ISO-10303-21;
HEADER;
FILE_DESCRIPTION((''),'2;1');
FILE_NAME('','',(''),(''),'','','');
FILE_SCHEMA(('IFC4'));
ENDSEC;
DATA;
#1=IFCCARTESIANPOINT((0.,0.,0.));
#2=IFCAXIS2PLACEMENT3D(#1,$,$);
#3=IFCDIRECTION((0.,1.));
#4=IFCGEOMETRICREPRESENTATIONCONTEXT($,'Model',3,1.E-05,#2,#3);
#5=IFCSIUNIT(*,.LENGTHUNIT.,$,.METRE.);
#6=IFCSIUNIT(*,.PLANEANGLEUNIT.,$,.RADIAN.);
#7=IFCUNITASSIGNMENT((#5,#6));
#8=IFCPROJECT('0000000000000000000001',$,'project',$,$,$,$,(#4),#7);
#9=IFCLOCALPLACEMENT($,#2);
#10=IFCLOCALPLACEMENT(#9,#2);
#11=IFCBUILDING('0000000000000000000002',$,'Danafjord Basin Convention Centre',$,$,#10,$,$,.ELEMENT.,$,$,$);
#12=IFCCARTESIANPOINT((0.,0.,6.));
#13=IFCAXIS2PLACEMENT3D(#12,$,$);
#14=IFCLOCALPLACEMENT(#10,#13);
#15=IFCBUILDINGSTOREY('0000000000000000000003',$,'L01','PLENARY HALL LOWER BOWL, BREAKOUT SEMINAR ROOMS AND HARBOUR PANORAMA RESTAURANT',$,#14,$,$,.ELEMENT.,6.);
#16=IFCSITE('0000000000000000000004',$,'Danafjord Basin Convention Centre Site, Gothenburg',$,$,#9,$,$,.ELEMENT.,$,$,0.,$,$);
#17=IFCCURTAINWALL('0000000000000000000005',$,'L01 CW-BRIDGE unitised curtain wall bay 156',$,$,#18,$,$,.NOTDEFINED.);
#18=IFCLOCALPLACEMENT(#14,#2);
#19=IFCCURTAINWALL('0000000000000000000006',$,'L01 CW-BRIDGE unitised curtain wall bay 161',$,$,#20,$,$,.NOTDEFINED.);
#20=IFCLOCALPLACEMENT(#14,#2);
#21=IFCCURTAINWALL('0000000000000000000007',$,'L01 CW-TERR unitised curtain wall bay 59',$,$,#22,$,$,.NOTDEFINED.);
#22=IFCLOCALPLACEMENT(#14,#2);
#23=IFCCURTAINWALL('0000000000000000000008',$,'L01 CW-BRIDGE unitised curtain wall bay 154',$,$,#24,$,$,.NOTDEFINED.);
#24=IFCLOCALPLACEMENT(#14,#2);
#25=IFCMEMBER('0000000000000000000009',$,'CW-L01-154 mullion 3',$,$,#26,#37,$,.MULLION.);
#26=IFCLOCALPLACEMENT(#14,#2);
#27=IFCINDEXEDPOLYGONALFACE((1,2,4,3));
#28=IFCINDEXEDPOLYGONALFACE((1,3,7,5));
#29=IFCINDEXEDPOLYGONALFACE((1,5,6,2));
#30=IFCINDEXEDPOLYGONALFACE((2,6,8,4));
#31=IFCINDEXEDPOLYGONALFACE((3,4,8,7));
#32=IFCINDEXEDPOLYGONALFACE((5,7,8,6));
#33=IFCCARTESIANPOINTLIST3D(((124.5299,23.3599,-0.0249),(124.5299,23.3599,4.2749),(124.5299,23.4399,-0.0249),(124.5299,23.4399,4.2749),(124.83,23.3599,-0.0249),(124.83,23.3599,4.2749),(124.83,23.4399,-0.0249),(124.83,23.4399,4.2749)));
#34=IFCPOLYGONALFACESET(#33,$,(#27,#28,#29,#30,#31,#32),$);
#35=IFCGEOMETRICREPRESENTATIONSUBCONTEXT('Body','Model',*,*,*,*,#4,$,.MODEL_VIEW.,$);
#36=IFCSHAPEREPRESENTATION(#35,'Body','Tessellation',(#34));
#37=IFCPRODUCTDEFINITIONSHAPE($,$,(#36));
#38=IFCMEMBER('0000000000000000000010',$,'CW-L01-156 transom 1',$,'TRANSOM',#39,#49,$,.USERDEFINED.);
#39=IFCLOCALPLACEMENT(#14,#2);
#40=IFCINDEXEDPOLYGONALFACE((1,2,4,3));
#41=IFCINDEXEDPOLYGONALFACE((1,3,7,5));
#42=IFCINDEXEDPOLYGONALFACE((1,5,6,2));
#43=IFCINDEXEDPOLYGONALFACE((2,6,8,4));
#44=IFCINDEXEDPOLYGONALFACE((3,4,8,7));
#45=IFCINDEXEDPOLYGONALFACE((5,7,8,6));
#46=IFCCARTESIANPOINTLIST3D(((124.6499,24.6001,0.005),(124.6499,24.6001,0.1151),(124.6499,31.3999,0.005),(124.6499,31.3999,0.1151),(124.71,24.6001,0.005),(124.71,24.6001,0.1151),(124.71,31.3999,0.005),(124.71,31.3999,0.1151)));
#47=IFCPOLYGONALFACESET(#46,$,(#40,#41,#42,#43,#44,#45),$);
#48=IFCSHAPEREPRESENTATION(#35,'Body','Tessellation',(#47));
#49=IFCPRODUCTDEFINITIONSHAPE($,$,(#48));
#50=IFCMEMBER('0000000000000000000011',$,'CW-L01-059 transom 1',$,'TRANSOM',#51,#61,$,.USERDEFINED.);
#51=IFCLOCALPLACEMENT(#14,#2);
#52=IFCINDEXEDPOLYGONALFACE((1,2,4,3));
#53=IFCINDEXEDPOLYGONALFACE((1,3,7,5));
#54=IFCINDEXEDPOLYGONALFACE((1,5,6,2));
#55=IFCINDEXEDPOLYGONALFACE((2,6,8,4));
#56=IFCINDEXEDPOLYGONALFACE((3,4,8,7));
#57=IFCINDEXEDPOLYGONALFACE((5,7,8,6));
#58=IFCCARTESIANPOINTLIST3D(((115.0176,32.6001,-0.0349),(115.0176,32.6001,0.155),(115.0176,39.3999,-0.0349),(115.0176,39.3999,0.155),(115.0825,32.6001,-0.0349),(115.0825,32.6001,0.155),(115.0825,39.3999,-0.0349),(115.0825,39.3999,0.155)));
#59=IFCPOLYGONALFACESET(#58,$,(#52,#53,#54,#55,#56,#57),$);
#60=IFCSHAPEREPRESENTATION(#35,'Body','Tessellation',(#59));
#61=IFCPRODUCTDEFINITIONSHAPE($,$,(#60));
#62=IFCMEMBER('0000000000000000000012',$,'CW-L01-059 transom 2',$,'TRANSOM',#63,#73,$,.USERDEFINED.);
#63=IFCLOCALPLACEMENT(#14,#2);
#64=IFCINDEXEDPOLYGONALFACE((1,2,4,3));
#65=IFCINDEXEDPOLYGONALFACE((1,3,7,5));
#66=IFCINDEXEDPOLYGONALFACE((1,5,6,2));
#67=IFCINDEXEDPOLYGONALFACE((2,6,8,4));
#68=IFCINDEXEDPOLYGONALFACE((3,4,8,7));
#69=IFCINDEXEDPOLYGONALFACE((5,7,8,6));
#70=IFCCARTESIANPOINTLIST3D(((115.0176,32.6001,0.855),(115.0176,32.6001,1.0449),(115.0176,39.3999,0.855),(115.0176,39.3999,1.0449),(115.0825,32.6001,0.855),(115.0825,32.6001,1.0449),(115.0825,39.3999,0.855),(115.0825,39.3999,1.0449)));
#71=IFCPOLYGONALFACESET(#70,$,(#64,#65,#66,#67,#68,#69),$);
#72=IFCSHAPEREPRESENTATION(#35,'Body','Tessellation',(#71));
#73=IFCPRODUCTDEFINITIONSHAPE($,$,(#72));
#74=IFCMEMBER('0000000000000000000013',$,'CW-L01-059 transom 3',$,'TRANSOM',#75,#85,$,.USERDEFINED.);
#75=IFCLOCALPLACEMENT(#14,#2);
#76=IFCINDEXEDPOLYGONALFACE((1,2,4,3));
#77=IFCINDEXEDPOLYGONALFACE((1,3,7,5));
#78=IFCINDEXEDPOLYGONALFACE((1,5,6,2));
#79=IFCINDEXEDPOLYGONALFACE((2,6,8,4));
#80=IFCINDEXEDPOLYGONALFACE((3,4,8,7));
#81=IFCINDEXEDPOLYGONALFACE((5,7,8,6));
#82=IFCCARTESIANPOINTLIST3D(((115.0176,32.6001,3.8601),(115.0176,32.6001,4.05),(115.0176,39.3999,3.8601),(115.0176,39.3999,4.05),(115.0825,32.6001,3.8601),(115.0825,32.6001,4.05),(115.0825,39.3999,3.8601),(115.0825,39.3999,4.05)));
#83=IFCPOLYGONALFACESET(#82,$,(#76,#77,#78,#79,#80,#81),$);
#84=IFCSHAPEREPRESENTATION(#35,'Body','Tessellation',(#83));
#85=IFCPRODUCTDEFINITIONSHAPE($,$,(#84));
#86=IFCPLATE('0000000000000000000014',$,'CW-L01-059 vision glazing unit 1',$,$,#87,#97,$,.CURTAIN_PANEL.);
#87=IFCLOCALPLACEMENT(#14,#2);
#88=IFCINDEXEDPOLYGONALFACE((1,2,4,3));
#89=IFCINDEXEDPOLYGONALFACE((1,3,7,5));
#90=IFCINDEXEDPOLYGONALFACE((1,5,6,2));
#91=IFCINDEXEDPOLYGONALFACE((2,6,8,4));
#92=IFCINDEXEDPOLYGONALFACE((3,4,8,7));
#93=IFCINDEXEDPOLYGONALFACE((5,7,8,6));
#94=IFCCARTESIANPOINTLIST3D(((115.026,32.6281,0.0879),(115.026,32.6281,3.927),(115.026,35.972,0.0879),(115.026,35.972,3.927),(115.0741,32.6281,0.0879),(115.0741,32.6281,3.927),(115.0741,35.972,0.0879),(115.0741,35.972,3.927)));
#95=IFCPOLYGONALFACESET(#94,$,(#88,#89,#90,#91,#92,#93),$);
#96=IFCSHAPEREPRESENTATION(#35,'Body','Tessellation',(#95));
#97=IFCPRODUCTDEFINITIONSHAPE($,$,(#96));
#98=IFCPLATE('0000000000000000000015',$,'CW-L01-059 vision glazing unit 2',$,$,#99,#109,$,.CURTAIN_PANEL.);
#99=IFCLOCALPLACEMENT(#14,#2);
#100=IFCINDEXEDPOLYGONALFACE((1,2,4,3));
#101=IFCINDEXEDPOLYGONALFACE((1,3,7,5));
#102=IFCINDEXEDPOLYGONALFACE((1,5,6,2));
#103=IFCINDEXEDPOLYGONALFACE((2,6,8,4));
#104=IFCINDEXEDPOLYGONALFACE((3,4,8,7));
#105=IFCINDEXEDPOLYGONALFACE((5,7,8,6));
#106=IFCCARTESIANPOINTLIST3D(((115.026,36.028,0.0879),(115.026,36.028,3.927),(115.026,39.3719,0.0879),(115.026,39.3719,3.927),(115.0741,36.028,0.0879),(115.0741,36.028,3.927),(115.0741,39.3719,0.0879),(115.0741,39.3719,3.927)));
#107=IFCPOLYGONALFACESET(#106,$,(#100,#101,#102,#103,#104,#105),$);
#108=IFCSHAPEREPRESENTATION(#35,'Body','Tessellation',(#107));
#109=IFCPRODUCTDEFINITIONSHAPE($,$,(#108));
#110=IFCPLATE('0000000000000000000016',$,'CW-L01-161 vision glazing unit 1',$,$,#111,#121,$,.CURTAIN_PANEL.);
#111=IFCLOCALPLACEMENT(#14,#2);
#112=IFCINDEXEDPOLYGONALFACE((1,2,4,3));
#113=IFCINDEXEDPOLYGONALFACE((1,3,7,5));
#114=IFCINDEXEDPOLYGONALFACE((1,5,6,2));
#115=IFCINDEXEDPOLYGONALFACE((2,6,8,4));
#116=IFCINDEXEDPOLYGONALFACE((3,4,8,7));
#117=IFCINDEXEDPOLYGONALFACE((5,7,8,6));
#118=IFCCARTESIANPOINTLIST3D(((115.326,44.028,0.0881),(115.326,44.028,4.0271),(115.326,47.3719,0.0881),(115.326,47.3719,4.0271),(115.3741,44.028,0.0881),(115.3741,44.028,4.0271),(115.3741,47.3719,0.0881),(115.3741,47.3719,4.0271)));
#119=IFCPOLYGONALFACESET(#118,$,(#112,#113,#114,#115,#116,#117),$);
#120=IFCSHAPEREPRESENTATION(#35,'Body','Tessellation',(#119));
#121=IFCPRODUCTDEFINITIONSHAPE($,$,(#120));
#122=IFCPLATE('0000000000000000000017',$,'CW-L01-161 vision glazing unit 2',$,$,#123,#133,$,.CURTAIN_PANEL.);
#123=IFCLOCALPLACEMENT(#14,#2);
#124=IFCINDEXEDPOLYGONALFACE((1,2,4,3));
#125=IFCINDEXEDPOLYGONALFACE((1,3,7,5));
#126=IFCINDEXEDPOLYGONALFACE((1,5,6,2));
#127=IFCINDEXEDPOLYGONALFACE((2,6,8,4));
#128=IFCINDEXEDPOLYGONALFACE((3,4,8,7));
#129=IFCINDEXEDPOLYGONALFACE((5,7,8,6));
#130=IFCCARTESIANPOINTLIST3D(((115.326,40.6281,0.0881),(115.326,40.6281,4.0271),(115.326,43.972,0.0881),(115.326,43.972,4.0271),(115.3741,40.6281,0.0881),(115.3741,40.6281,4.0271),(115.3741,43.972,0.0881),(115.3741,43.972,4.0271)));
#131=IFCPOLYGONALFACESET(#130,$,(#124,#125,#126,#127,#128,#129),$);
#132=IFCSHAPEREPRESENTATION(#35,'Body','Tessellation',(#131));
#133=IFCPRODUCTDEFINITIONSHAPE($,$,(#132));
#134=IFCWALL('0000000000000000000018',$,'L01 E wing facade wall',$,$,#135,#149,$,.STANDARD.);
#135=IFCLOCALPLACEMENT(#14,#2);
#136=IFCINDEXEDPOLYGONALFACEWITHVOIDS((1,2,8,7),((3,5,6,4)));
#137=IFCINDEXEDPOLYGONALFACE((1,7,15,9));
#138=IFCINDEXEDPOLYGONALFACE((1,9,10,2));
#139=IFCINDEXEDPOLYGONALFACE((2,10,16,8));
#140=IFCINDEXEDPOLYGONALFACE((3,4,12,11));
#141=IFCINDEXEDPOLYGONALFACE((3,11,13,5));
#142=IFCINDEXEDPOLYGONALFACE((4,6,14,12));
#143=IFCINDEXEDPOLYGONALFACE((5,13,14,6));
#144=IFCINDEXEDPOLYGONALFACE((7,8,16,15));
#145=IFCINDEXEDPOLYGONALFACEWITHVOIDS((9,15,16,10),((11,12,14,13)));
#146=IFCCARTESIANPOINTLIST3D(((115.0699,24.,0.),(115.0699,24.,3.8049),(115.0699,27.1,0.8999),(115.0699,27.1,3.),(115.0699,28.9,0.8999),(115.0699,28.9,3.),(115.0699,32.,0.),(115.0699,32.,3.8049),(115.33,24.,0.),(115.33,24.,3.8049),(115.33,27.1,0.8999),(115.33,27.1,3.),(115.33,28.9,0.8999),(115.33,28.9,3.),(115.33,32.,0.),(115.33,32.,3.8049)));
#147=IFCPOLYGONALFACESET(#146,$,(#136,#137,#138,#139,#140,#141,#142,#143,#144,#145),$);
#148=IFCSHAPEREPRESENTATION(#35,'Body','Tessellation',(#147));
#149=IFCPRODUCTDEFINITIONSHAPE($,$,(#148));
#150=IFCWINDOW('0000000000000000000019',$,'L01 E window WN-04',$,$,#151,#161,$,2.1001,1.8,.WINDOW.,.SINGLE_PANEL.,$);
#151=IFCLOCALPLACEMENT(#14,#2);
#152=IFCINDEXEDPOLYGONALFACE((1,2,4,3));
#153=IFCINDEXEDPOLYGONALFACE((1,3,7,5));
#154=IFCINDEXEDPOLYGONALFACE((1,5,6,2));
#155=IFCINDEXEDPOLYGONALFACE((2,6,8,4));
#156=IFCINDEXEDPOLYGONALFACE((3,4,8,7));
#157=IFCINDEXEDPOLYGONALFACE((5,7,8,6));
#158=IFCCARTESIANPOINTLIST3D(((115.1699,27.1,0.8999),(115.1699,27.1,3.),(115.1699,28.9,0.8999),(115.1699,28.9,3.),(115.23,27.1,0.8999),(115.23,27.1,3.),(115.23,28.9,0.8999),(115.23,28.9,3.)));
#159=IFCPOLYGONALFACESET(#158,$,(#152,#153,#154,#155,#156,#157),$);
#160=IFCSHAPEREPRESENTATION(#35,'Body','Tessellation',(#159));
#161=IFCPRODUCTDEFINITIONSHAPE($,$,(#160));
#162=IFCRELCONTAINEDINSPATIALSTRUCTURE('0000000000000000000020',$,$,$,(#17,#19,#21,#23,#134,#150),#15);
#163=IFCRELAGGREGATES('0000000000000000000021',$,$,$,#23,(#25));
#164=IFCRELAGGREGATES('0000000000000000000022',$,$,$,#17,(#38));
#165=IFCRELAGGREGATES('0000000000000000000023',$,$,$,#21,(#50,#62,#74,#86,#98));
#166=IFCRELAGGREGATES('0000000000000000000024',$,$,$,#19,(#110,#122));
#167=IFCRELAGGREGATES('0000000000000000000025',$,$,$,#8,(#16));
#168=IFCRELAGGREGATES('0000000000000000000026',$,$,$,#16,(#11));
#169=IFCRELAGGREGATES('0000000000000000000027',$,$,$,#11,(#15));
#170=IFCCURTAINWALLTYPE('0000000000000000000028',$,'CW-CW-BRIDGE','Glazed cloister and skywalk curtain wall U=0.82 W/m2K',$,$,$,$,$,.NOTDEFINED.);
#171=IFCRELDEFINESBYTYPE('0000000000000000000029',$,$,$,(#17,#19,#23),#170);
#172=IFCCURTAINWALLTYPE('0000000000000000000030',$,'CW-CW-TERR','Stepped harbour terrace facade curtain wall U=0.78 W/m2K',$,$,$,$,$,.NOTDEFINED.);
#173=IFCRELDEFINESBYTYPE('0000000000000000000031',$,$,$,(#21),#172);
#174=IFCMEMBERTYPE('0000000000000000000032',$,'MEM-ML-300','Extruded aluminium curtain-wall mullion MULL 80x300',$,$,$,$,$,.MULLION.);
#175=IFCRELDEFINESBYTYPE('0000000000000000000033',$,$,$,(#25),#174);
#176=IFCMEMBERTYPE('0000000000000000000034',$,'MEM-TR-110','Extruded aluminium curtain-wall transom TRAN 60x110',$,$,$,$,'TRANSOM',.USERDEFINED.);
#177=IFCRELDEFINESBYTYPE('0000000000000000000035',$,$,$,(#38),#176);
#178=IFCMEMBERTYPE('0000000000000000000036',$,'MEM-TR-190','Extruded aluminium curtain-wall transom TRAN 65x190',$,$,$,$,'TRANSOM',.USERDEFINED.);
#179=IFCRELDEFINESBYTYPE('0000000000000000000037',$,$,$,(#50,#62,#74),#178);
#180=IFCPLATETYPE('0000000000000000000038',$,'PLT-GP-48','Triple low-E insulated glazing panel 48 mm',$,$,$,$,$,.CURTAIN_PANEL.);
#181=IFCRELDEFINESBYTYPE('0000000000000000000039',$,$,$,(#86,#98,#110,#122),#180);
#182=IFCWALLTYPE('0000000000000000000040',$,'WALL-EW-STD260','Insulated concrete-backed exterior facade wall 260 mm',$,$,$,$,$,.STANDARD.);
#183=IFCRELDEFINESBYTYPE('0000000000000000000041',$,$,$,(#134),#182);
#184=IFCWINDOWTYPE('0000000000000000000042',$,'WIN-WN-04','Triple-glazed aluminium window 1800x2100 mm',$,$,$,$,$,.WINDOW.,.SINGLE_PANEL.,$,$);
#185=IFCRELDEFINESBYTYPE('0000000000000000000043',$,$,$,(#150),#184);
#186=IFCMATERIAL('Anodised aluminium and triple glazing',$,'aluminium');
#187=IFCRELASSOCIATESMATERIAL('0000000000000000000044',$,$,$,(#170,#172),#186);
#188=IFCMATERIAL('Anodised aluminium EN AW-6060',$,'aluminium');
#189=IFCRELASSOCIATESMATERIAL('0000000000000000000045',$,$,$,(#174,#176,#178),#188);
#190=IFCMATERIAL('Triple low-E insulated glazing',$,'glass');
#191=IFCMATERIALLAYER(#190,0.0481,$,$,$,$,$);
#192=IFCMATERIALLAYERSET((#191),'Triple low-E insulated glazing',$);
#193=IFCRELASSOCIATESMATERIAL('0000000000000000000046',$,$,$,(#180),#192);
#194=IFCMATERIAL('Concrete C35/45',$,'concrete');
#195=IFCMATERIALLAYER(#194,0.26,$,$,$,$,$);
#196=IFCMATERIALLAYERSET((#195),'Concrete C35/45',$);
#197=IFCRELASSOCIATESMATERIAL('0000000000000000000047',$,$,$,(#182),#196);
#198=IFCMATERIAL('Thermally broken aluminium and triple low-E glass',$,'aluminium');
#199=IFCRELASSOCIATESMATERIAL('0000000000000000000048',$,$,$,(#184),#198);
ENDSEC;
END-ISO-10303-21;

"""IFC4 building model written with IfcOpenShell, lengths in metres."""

from ifc_helpers import new_model, si_unit, direction, frame, frame_2d, origin, origin_2d, place, context, subcontext, project, spatial, rectangle, extrude, material, layer, layer_set, material_profile, profile_set, type_object, element, fill, aggregate, save


model = new_model("IFC4")

# Units and contexts
model_context = context("Model", 3, precision=1e-05, world=origin(), true_north=direction((0.0, 1.0)))
body_context = subcontext(model_context, "Body", "Model", "MODEL_VIEW")
ifc_project = project(units=[si_unit("LENGTHUNIT", "METRE"), si_unit("PLANEANGLEUNIT", "RADIAN")], contexts=[model_context])

# Site, building, storey
site_placement = place(None, origin())
site = spatial("IfcSite", under=ifc_project, at=site_placement, Name="Danafjord Basin Convention Centre Site, Gothenburg", CompositionType="ELEMENT", RefElevation=0.0)
building_placement = place(site_placement, origin())
building = spatial("IfcBuilding", under=site, at=building_placement, Name="Danafjord Basin Convention Centre", CompositionType="ELEMENT")
storey_placement = place(building_placement, frame((0.0, 0.0, 6.0)))
storey = spatial("IfcBuildingStorey", under=building, at=storey_placement, Name="L01", Description="PLENARY HALL LOWER BOWL, BREAKOUT SEMINAR ROOMS AND HARBOUR PANORAMA RESTAURANT", CompositionType="ELEMENT", Elevation=6.0)

# Curtain wall
ifc_material_1 = material(Name="Anodised aluminium and triple glazing", Category="aluminium")
curtain_wall_type_1 = type_object("IfcCurtainWallType", Name="CW-CW-BRIDGE", Description="Glazed cloister and skywalk curtain wall U=0.82 W/m2K", PredefinedType="NOTDEFINED", material=ifc_material_1)
curtain_wall_1_placement = place(storey_placement, origin())
curtain_wall_1 = element("IfcCurtainWall", 1, at=curtain_wall_1_placement, inside=storey, type_object=curtain_wall_type_1, Name="L01 CW-BRIDGE unitised curtain wall bay 156", PredefinedType="NOTDEFINED")
ifc_material_2 = material(Name="Anodised aluminium EN AW-6060", Category="aluminium")

# Curtain wall
curtain_wall_2_placement = place(storey_placement, origin())
curtain_wall_2 = element("IfcCurtainWall", 2, at=curtain_wall_2_placement, inside=storey, type_object=curtain_wall_type_1, Name="L01 CW-BRIDGE unitised curtain wall bay 161", PredefinedType="NOTDEFINED")

# Shared definitions
curtain_wall_type_2 = type_object("IfcCurtainWallType", Name="CW-CW-TERR", Description="Stepped harbour terrace facade curtain wall U=0.78 W/m2K", PredefinedType="NOTDEFINED", material=ifc_material_1)

# Curtain wall
curtain_wall_3_placement = place(storey_placement, origin())
curtain_wall_3 = element("IfcCurtainWall", 3, at=curtain_wall_3_placement, inside=storey, type_object=curtain_wall_type_2, Name="L01 CW-TERR unitised curtain wall bay 59", PredefinedType="NOTDEFINED")
ifc_material_profile_1 = material_profile(ifc_material_2, rectangle(XDim=0.0801, YDim=0.3, at=origin_2d()), Name="MULL 80x300")
ifc_profile_set_1 = profile_set([ifc_material_profile_1], Name="Anodised aluminium EN AW-6060")
member_type_1 = type_object("IfcMemberType", Name="MEM-ML-300", Description="Extruded aluminium curtain-wall mullion MULL 80x300", PredefinedType="MULLION", material=ifc_profile_set_1)

# Curtain wall, member
curtain_wall_4_placement = place(storey_placement, origin())
curtain_wall_4 = element("IfcCurtainWall", 4, at=curtain_wall_4_placement, inside=storey, type_object=curtain_wall_type_1, Name="L01 CW-BRIDGE unitised curtain wall bay 154", PredefinedType="NOTDEFINED")
member_1_placement = place(storey_placement, frame((124.6799, 23.3999, -0.0249), z_axis=(0.0, 0.0, 1.0), x_axis=(0.0, 1.0, 0.0)))
member_1 = element("IfcMember", 5, at=member_1_placement, type_object=member_type_1, Name="CW-L01-154 mullion 3", PredefinedType="MULLION", context=body_context, shape_type="SweptSolid", body=[
    extrude(rectangle(XDim=0.0801, YDim=0.3, at=origin_2d()), origin(), (0.0, 0.0, 1.0), 4.2998),
])
aggregate(curtain_wall_4, [member_1])

# Members
ifc_material_profile_2 = material_profile(ifc_material_2, rectangle(XDim=0.0601, YDim=0.1101, at=origin_2d()), Name="TRAN 60x110")
ifc_profile_set_2 = profile_set([ifc_material_profile_2], Name="Anodised aluminium EN AW-6060")
member_type_2 = type_object("IfcMemberType", Name="MEM-TR-110", Description="Extruded aluminium curtain-wall transom TRAN 60x110", ElementType="TRANSOM", PredefinedType="USERDEFINED", material=ifc_profile_set_2)
member_2_placement = place(storey_placement, frame((124.6799, 24.6001, 0.0601), z_axis=(0.0, 1.0, 0.0), x_axis=(-1.0, 0.0, 0.0)))
member_2 = element("IfcMember", 6, at=member_2_placement, type_object=member_type_2, Name="CW-L01-156 transom 1", ObjectType="TRANSOM", PredefinedType="USERDEFINED", context=body_context, shape_type="SweptSolid", body=[
    extrude(rectangle(XDim=0.0601, YDim=0.1101, at=origin_2d()), origin(), (0.0, 0.0, 1.0), 6.7998),
])
aggregate(curtain_wall_1, [member_2])
ifc_material_profile_3 = material_profile(ifc_material_2, rectangle(XDim=0.0649, YDim=0.1899, at=origin_2d()), Name="TRAN 65x190")
ifc_profile_set_3 = profile_set([ifc_material_profile_3], Name="Anodised aluminium EN AW-6060")
member_type_3 = type_object("IfcMemberType", Name="MEM-TR-190", Description="Extruded aluminium curtain-wall transom TRAN 65x190", ElementType="TRANSOM", PredefinedType="USERDEFINED", material=ifc_profile_set_3)
member_3_placement = place(storey_placement, frame((115.05, 32.6001, 0.0601), z_axis=(0.0, 1.0, 0.0), x_axis=(-1.0, 0.0, 0.0)))
member_3 = element("IfcMember", 7, at=member_3_placement, type_object=member_type_3, Name="CW-L01-059 transom 1", ObjectType="TRANSOM", PredefinedType="USERDEFINED", context=body_context, shape_type="SweptSolid", body=[
    extrude(rectangle(XDim=0.0649, YDim=0.1899, at=origin_2d()), origin(), (0.0, 0.0, 1.0), 6.7998),
])
member_4_placement = place(storey_placement, frame((115.05, 32.6001, 0.95), z_axis=(0.0, 1.0, 0.0), x_axis=(-1.0, 0.0, 0.0)))
member_4 = element("IfcMember", 8, at=member_4_placement, type_object=member_type_3, Name="CW-L01-059 transom 2", ObjectType="TRANSOM", PredefinedType="USERDEFINED", context=body_context, shape_type="SweptSolid", body=[
    extrude(rectangle(XDim=0.0649, YDim=0.1899, at=origin_2d()), origin(), (0.0, 0.0, 1.0), 6.7998),
])
member_5_placement = place(storey_placement, frame((115.05, 32.6001, 3.9551), z_axis=(0.0, 1.0, 0.0), x_axis=(-1.0, 0.0, 0.0)))
member_5 = element("IfcMember", 9, at=member_5_placement, type_object=member_type_3, Name="CW-L01-059 transom 3", ObjectType="TRANSOM", PredefinedType="USERDEFINED", context=body_context, shape_type="SweptSolid", body=[
    extrude(rectangle(XDim=0.0649, YDim=0.1899, at=origin_2d()), origin(), (0.0, 0.0, 1.0), 6.7998),
])

# Plates
ifc_material_3 = material(Name="Triple low-E insulated glazing", Category="glass")
ifc_layer_1 = layer(ifc_material_3, 0.0481)
ifc_layer_set_1 = layer_set([ifc_layer_1], Name="Triple low-E insulated glazing")
plate_type = type_object("IfcPlateType", Name="PLT-GP-48", Description="Triple low-E insulated glazing panel 48 mm", PredefinedType="CURTAIN_PANEL", material=ifc_layer_set_1)
plate_1_placement = place(storey_placement, frame((115.05, 34.3, 0.0879), z_axis=(0.0, 0.0, 1.0), x_axis=(0.0, 1.0, 0.0)))
plate_1 = element("IfcPlate", 10, at=plate_1_placement, type_object=plate_type, Name="CW-L01-059 vision glazing unit 1", PredefinedType="CURTAIN_PANEL", context=body_context, shape_type="SweptSolid", body=[
    extrude(rectangle(XDim=3.344, YDim=0.0481, at=origin_2d()), origin(), (0.0, 0.0, 1.0), 3.8391),
])
plate_2_placement = place(storey_placement, frame((115.05, 37.7, 0.0879), z_axis=(0.0, 0.0, 1.0), x_axis=(0.0, 1.0, 0.0)))
plate_2 = element("IfcPlate", 11, at=plate_2_placement, type_object=plate_type, Name="CW-L01-059 vision glazing unit 2", PredefinedType="CURTAIN_PANEL", context=body_context, shape_type="SweptSolid", body=[
    extrude(rectangle(XDim=3.344, YDim=0.0481, at=origin_2d()), origin(), (0.0, 0.0, 1.0), 3.8391),
])
aggregate(curtain_wall_3, [member_3, member_4, member_5, plate_1, plate_2])
plate_3_placement = place(storey_placement, frame((115.3501, 45.7, 0.0881), z_axis=(0.0, 0.0, 1.0), x_axis=(0.0, -1.0, 0.0)))
plate_3 = element("IfcPlate", 12, at=plate_3_placement, type_object=plate_type, Name="CW-L01-161 vision glazing unit 1", PredefinedType="CURTAIN_PANEL", context=body_context, shape_type="SweptSolid", body=[
    extrude(rectangle(XDim=3.344, YDim=0.0481, at=origin_2d()), origin(), (0.0, 0.0, 1.0), 3.939),
])
plate_4_placement = place(storey_placement, frame((115.3501, 42.3, 0.0881), z_axis=(0.0, 0.0, 1.0), x_axis=(0.0, -1.0, 0.0)))
plate_4 = element("IfcPlate", 13, at=plate_4_placement, type_object=plate_type, Name="CW-L01-161 vision glazing unit 2", PredefinedType="CURTAIN_PANEL", context=body_context, shape_type="SweptSolid", body=[
    extrude(rectangle(XDim=3.344, YDim=0.0481, at=origin_2d()), origin(), (0.0, 0.0, 1.0), 3.939),
])
aggregate(curtain_wall_2, [plate_3, plate_4])

# Wall, opening, window
ifc_material_4 = material(Name="Concrete C35/45", Category="concrete")
ifc_layer_2 = layer(ifc_material_4, 0.26)
ifc_layer_set_2 = layer_set([ifc_layer_2], Name="Concrete C35/45")
wall_type_1 = type_object("IfcWallType", Name="WALL-EW-STD260", Description="Insulated concrete-backed exterior facade wall 260 mm", PredefinedType="STANDARD", material=ifc_layer_set_2)
wall_1_placement = place(storey_placement, frame((115.2, 24.0, 0.0), z_axis=(0.0, 0.0, 1.0), x_axis=(0.0, 1.0, 0.0)))
wall_1 = element("IfcWall", 14, at=wall_1_placement, inside=storey, type_object=wall_type_1, Name="L01 E wing facade wall", PredefinedType="STANDARD", context=body_context, shape_type="SweptSolid", body=[
    extrude(rectangle(XDim=8.0, YDim=0.26, at=frame_2d((4.0, 0.0))), origin(), (0.0, 0.0, 1.0), 3.8049),
])
opening_1_placement = place(wall_1_placement, frame((3.1001, 0.0, 0.8999)))
opening_1 = element("IfcOpeningElement", 15, at=opening_1_placement, cuts=wall_1, PredefinedType="OPENING", context=body_context, shape_type="SweptSolid", body=[
    extrude(rectangle(XDim=1.8, YDim=2.1001, at=frame_2d((0.8999, 1.05))), frame((0.0, 0.1399, 0.0), z_axis=(0.0, -1.0, 0.0), x_axis=(1.0, 0.0, 0.0)), (0.0, 0.0, 1.0), 0.28),
])
ifc_material_5 = material(Name="Thermally broken aluminium and triple low-E glass", Category="aluminium")
window_type_1 = type_object("IfcWindowType", Name="WIN-WN-04", Description="Triple-glazed aluminium window 1800x2100 mm", PartitioningType="SINGLE_PANEL", PredefinedType="WINDOW", material=ifc_material_5)
window_1_placement = place(opening_1_placement, origin())
window_1 = element("IfcWindow", 16, at=window_1_placement, inside=storey, type_object=window_type_1, Name="L01 E window WN-04", OverallHeight=2.1001, OverallWidth=1.8, PartitioningType="SINGLE_PANEL", PredefinedType="WINDOW", context=body_context, shape_type="SweptSolid", body=[
    extrude(rectangle(XDim=1.8, YDim=2.1001, at=frame_2d((0.8999, 1.05))), frame((0.0, 0.03, 0.0), z_axis=(0.0, -1.0, 0.0), x_axis=(1.0, 0.0, 0.0)), (0.0, 0.0, 1.0), 0.0601),
])
fill(opening_1, window_1)

save(model, "model.ifc")
